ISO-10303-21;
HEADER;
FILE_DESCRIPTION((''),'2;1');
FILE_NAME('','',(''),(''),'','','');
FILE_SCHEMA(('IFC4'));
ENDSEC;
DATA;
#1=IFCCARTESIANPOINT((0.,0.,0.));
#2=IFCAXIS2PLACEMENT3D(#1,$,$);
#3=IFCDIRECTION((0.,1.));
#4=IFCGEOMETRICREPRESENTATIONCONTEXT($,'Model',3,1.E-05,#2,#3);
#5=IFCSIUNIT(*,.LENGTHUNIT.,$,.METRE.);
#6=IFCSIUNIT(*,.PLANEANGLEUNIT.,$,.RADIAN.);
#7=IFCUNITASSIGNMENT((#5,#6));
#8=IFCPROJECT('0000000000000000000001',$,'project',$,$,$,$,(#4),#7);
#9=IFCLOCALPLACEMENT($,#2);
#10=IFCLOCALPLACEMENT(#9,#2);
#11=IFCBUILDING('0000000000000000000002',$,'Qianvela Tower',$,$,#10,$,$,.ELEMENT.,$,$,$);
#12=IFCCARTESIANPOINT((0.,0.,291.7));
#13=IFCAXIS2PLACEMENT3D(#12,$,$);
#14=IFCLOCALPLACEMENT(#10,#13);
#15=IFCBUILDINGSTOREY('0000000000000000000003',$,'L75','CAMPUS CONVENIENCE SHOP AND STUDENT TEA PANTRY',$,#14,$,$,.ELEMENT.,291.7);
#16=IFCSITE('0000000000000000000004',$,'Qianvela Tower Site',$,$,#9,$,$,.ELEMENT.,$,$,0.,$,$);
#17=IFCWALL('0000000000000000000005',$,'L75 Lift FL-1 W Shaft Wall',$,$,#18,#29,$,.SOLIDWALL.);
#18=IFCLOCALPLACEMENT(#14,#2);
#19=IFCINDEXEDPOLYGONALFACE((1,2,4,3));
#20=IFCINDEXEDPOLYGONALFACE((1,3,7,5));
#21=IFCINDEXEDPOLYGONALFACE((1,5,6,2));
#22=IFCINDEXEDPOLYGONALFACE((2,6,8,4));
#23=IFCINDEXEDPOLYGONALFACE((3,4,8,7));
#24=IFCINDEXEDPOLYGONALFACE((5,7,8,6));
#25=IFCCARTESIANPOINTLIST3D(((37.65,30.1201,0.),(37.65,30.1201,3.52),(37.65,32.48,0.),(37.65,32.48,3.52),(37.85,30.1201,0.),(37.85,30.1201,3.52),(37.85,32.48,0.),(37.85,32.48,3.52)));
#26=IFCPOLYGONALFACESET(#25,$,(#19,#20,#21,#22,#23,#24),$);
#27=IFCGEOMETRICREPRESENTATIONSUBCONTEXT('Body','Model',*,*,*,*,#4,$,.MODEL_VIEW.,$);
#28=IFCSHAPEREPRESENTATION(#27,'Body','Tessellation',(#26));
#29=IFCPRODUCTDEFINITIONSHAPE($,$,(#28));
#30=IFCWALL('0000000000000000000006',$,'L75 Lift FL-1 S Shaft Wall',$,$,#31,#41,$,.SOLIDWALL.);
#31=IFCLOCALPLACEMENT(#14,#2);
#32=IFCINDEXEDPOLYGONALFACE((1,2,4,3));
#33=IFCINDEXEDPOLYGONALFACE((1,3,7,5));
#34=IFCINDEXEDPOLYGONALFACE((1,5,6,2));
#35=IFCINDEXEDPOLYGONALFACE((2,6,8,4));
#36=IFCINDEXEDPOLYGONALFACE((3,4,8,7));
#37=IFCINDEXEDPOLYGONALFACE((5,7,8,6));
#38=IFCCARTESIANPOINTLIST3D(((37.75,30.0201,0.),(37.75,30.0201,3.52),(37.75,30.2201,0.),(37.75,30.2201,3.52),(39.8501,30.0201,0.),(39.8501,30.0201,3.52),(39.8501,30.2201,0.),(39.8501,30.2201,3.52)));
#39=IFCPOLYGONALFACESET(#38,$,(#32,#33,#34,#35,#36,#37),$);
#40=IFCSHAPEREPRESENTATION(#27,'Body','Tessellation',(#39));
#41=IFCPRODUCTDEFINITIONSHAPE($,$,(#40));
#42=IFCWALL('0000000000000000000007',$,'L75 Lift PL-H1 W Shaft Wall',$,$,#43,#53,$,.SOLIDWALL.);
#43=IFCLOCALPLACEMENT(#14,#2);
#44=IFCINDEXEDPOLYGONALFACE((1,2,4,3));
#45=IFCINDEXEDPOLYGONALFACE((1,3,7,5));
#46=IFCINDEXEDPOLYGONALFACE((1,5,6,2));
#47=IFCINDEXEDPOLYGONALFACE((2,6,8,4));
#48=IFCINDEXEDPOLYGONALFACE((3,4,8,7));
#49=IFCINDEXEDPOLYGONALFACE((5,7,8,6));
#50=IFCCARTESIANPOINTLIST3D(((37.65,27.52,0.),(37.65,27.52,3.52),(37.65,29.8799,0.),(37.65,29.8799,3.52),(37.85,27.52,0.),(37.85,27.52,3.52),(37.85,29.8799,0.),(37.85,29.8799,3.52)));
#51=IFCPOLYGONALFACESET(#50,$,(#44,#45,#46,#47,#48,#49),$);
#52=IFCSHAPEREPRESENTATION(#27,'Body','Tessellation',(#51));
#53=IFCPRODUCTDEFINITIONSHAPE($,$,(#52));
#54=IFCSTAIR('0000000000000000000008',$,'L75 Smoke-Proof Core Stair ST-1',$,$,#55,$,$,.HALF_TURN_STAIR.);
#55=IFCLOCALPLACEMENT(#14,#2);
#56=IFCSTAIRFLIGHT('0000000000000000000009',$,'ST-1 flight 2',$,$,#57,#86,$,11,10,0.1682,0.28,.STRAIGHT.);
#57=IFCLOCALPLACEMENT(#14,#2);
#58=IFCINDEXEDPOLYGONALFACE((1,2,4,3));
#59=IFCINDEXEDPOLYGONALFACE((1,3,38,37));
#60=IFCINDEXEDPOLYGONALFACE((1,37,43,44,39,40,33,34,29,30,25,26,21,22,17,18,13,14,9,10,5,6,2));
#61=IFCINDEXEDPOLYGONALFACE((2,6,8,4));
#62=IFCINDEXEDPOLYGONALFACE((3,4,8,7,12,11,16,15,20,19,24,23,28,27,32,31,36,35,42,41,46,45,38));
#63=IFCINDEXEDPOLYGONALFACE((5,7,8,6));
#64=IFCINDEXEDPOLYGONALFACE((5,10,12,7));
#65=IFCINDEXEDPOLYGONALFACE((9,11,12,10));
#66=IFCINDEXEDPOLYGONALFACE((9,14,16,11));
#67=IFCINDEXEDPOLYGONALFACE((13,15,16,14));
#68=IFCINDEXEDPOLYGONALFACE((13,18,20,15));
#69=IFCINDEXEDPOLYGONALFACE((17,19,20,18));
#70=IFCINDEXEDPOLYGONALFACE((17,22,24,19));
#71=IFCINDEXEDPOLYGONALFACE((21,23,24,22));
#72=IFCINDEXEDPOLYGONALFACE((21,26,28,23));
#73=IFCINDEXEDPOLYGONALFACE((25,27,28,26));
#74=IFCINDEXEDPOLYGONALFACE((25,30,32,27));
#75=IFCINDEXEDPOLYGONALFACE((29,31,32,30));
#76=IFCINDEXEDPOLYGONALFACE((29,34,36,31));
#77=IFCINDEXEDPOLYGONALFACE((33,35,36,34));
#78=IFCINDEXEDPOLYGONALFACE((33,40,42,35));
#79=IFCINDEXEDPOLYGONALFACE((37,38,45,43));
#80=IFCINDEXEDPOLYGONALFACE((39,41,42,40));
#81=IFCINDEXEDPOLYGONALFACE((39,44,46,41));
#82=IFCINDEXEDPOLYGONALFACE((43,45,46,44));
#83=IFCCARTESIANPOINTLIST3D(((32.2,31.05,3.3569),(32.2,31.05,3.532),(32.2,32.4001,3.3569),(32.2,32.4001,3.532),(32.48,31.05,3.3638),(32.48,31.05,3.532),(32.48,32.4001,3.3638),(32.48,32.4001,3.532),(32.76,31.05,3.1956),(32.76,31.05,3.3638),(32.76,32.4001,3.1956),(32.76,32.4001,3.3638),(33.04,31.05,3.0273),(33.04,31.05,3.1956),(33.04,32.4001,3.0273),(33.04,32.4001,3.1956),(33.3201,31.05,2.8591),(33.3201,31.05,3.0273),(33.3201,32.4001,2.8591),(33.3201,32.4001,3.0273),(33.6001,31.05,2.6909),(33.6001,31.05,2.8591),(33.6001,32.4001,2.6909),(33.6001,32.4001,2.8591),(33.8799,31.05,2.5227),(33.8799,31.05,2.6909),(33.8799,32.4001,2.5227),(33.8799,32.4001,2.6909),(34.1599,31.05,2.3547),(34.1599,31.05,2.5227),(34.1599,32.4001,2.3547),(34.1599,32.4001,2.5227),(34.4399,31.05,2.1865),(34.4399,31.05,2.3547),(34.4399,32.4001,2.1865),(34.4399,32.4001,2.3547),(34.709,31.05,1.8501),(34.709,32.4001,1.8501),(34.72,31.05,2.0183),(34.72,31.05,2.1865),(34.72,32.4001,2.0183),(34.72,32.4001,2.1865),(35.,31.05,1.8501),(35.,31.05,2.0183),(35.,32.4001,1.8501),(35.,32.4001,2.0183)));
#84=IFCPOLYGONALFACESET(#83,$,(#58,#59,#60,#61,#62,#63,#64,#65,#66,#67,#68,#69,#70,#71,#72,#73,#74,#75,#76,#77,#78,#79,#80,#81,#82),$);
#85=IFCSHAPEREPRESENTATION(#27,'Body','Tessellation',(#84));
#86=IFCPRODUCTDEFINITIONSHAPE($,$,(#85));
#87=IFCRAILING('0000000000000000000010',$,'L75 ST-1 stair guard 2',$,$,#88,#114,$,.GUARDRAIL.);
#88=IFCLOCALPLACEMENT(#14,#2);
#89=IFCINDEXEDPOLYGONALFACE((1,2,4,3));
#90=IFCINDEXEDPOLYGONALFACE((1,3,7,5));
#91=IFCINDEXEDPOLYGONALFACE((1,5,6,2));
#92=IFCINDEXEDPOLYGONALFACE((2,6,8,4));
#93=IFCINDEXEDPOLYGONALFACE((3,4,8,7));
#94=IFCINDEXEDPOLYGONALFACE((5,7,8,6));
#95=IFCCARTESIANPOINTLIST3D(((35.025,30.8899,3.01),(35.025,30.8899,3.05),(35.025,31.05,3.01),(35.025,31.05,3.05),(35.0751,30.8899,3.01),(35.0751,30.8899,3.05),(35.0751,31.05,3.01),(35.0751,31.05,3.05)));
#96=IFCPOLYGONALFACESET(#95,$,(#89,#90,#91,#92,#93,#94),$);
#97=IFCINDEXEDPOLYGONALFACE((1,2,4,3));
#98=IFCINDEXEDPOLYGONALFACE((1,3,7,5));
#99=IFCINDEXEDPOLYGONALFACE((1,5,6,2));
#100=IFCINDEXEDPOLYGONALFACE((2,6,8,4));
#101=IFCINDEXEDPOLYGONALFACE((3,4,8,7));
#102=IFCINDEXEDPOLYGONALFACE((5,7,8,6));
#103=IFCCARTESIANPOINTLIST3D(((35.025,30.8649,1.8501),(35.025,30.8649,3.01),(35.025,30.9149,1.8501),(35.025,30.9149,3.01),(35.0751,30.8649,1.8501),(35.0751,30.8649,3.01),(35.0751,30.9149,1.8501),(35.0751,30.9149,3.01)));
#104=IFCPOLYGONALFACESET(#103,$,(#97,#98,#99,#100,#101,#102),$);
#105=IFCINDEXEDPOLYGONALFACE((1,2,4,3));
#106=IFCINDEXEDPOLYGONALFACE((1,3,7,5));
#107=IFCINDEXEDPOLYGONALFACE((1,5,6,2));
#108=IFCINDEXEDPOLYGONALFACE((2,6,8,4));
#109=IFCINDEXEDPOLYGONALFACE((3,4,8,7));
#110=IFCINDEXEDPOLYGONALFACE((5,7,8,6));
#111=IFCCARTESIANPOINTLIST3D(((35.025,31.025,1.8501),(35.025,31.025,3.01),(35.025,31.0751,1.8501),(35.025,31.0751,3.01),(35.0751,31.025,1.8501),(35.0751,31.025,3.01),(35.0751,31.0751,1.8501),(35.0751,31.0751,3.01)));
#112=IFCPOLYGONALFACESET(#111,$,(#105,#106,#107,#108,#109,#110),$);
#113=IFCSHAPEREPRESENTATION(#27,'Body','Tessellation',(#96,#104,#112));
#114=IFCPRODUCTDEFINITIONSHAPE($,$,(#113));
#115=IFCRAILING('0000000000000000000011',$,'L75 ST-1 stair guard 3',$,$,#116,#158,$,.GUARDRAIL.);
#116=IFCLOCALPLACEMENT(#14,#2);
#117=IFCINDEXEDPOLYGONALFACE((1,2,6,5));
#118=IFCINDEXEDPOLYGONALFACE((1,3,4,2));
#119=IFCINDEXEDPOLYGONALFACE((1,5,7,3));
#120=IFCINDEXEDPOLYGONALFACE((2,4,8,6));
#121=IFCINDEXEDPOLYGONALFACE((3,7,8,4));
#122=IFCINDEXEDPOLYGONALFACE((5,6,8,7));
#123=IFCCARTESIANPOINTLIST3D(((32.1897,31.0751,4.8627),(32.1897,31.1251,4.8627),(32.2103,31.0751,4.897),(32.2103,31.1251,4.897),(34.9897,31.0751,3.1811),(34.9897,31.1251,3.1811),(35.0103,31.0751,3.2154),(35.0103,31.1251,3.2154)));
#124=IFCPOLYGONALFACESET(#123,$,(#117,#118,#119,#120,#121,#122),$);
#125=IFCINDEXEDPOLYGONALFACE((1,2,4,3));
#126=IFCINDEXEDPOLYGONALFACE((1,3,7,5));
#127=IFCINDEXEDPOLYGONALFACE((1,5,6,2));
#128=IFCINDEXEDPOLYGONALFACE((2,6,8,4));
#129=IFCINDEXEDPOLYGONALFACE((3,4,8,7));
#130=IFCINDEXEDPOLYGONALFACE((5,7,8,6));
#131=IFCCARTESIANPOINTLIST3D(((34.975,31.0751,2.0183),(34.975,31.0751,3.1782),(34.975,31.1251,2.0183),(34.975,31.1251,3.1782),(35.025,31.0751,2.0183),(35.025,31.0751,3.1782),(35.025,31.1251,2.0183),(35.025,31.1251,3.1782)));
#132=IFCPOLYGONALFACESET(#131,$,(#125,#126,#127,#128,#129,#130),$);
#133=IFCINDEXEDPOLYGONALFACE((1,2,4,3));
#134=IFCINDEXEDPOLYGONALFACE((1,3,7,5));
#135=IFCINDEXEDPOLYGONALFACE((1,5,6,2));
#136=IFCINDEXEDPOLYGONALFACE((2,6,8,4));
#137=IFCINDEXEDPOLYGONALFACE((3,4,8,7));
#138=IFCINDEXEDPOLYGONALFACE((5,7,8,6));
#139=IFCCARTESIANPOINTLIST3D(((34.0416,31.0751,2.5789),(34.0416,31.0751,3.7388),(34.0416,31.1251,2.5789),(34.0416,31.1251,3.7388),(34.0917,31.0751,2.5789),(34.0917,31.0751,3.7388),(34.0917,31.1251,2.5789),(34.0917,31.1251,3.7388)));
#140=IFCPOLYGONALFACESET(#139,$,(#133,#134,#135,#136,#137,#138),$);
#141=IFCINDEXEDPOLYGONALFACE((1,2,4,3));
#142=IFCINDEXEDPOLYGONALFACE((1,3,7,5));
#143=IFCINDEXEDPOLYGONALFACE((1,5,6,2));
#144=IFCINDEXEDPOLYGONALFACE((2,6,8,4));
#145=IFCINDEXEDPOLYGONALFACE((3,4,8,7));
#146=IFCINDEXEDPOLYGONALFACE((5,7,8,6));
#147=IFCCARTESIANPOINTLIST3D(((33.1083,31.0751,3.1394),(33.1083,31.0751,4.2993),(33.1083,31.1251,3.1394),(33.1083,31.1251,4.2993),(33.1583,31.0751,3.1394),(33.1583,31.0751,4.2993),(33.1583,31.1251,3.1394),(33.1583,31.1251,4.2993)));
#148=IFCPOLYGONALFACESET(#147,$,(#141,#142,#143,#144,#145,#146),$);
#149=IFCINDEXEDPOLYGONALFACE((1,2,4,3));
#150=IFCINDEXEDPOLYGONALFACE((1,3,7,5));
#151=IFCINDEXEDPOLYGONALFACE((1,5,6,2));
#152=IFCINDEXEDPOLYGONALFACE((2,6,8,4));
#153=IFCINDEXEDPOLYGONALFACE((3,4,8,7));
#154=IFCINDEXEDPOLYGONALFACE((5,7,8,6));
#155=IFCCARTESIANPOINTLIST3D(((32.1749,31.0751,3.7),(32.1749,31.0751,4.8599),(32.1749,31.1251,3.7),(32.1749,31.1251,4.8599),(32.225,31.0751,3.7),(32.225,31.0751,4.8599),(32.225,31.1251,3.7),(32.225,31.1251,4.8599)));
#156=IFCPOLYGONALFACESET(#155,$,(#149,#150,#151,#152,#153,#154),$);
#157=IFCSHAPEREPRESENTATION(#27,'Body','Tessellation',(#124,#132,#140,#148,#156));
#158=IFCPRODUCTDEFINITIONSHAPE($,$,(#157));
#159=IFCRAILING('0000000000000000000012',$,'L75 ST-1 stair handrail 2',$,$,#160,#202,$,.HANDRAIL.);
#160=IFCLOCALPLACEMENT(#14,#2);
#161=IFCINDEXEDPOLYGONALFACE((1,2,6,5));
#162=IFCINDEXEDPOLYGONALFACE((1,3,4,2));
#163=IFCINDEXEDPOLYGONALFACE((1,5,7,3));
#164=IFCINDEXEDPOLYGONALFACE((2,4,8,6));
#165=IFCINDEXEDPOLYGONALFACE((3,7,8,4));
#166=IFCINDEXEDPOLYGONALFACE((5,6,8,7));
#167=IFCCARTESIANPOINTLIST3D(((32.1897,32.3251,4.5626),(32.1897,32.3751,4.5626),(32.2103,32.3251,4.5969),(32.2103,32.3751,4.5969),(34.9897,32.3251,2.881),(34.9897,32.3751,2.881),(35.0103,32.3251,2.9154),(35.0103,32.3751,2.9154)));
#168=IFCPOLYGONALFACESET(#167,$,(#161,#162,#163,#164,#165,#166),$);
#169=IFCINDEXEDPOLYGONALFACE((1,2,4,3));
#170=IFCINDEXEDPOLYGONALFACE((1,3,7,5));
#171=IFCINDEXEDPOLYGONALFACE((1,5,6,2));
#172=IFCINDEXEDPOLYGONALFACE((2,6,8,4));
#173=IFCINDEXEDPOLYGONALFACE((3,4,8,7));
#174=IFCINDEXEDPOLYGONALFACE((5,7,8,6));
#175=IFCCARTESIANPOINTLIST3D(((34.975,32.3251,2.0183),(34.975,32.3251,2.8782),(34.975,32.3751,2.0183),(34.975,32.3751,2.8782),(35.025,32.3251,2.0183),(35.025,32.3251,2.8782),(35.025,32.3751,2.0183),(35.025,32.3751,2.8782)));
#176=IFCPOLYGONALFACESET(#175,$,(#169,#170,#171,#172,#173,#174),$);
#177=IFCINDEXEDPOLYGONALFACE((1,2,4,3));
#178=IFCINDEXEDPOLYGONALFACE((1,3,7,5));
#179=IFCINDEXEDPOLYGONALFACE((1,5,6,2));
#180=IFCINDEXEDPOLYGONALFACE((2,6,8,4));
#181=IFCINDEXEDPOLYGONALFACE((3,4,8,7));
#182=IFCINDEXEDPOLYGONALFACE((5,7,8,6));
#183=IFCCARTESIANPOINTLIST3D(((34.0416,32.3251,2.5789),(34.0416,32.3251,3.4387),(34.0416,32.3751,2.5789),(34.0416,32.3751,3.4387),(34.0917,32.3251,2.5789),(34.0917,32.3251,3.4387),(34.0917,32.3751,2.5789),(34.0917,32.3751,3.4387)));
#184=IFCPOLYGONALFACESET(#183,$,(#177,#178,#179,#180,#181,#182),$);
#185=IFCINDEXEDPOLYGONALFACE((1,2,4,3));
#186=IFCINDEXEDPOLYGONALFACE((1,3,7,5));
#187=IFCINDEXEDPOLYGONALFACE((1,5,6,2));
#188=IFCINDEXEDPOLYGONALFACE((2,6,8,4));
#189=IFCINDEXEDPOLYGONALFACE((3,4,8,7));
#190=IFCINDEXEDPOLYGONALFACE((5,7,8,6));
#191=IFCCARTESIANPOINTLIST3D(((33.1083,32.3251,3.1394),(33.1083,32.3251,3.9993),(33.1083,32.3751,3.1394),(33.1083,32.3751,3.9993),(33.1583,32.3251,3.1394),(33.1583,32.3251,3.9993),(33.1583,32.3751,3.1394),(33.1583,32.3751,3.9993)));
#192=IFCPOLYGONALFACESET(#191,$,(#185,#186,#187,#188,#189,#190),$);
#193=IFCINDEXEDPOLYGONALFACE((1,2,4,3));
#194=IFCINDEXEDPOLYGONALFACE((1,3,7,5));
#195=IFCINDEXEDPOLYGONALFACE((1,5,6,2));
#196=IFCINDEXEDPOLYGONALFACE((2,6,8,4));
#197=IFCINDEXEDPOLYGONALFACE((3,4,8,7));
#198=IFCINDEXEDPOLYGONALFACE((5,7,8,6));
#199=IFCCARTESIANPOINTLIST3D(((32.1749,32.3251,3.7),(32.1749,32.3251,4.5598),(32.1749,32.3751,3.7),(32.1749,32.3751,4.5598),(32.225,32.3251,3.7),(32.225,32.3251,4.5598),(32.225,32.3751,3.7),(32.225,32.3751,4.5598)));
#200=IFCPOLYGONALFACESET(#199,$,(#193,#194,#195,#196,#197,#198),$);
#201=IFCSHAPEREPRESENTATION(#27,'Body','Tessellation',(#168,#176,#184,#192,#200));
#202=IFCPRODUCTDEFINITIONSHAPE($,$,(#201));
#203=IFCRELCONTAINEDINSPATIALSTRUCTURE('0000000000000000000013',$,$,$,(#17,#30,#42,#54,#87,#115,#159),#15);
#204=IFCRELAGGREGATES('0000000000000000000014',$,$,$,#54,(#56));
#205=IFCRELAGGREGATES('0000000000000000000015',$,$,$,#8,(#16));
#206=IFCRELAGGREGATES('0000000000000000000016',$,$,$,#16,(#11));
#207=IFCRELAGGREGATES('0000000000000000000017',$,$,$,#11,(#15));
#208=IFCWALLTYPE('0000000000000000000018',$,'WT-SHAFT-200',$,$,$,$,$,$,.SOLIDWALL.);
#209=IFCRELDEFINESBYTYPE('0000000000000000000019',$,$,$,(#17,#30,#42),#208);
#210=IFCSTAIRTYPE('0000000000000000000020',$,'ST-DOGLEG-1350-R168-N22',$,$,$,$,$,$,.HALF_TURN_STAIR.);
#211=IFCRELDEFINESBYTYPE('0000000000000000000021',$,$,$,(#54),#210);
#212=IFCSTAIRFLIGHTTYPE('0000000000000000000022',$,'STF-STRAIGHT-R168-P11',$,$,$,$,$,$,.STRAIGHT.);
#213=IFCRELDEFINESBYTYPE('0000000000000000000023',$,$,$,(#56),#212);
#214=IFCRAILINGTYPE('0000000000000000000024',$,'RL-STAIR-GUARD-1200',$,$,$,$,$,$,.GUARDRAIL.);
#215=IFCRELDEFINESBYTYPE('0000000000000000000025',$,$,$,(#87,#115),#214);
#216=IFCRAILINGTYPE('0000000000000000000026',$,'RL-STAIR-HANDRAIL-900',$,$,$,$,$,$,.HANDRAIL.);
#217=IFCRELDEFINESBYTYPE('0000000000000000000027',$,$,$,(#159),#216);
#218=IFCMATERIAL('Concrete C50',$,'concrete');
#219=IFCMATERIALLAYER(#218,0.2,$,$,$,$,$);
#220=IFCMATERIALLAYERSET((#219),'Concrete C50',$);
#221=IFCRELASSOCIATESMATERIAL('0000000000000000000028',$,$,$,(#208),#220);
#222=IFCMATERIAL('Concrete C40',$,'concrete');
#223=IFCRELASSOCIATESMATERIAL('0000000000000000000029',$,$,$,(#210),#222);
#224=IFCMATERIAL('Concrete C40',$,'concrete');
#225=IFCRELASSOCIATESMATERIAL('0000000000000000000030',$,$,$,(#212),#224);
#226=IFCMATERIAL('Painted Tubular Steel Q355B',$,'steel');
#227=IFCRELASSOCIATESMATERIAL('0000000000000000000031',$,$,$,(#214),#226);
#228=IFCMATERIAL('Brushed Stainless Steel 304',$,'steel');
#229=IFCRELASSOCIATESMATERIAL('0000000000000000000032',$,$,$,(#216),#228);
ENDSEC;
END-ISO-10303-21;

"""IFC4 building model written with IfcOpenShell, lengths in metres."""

from ifc_helpers import new_model, si_unit, direction, frame, frame_2d, origin, origin_2d, place, context, subcontext, project, spatial, polyline, rectangle, outline, extrude, material, layer, layer_set, type_object, element, aggregate, save


model = new_model("IFC4")

# Units and contexts
model_context = context("Model", 3, precision=1e-05, world=origin(), true_north=direction((0.0, 1.0)))
body_context = subcontext(model_context, "Body", "Model", "MODEL_VIEW")
ifc_project = project(units=[si_unit("LENGTHUNIT", "METRE"), si_unit("PLANEANGLEUNIT", "RADIAN")], contexts=[model_context])

# Site, building, storey
site_placement = place(None, origin())
site = spatial("IfcSite", under=ifc_project, at=site_placement, Name="Qianvela Tower Site", CompositionType="ELEMENT", RefElevation=0.0)
building_placement = place(site_placement, origin())
building = spatial("IfcBuilding", under=site, at=building_placement, Name="Qianvela Tower", CompositionType="ELEMENT")
storey_placement = place(building_placement, frame((0.0, 0.0, 291.7)))
storey = spatial("IfcBuildingStorey", under=building, at=storey_placement, Name="L75", Description="CAMPUS CONVENIENCE SHOP AND STUDENT TEA PANTRY", CompositionType="ELEMENT", Elevation=291.7)

# Walls
ifc_material_1 = material(Name="Concrete C50", Category="concrete")
ifc_layer_1 = layer(ifc_material_1, 0.2)
ifc_layer_set_1 = layer_set([ifc_layer_1], Name="Concrete C50")
wall_type_1 = type_object("IfcWallType", Name="WT-SHAFT-200", PredefinedType="SOLIDWALL", material=ifc_layer_set_1)
wall_1_placement = place(storey_placement, frame((37.75, 30.1201, 0.0), z_axis=(0.0, 0.0, 1.0), x_axis=(0.0, 1.0, 0.0)))
element("IfcWall", 1, at=wall_1_placement, inside=storey, type_object=wall_type_1, Name="L75 Lift FL-1 W Shaft Wall", PredefinedType="SOLIDWALL", context=body_context, shape_type="SweptSolid", body=[
    extrude(rectangle(XDim=2.3599, YDim=0.2, at=frame_2d((1.1799, 0.0))), origin(), (0.0, 0.0, 1.0), 3.52),
])
wall_2_placement = place(storey_placement, frame((37.75, 30.1201, 0.0), z_axis=(0.0, 0.0, 1.0), x_axis=(1.0, 0.0, 0.0)))
element("IfcWall", 2, at=wall_2_placement, inside=storey, type_object=wall_type_1, Name="L75 Lift FL-1 S Shaft Wall", PredefinedType="SOLIDWALL", context=body_context, shape_type="SweptSolid", body=[
    extrude(rectangle(XDim=2.1001, YDim=0.2, at=frame_2d((1.05, 0.0))), origin(), (0.0, 0.0, 1.0), 3.52),
])

# Wall
wall_3_placement = place(storey_placement, frame((37.75, 27.52, 0.0), z_axis=(0.0, 0.0, 1.0), x_axis=(0.0, 1.0, 0.0)))
element("IfcWall", 3, at=wall_3_placement, inside=storey, type_object=wall_type_1, Name="L75 Lift PL-H1 W Shaft Wall", PredefinedType="SOLIDWALL", context=body_context, shape_type="SweptSolid", body=[
    extrude(rectangle(XDim=2.3599, YDim=0.2, at=frame_2d((1.1799, 0.0))), origin(), (0.0, 0.0, 1.0), 3.52),
])

# Stair, stair flight
ifc_material_2 = material(Name="Concrete C40", Category="concrete")
stair_type = type_object("IfcStairType", Name="ST-DOGLEG-1350-R168-N22", PredefinedType="HALF_TURN_STAIR", material=ifc_material_2)
stair_placement = place(storey_placement, origin())
stair = element("IfcStair", 4, at=stair_placement, inside=storey, type_object=stair_type, Name="L75 Smoke-Proof Core Stair ST-1", PredefinedType="HALF_TURN_STAIR")
ifc_material_3 = material(Name="Concrete C40", Category="concrete")
stair_flight_type = type_object("IfcStairFlightType", Name="STF-STRAIGHT-R168-P11", PredefinedType="STRAIGHT", material=ifc_material_3)
stair_flight_placement = place(storey_placement, frame((35.0, 31.7251, 1.8501), z_axis=(0.0, 0.0, 1.0), x_axis=(-1.0, 0.0, 0.0)))
stair_flight = element("IfcStairFlight", 5, at=stair_flight_placement, type_object=stair_flight_type, Name="ST-1 flight 2", NumberOfRisers=11, NumberOfTreads=10, PredefinedType="STRAIGHT", RiserHeight=0.1682, TreadLength=0.28, context=body_context, shape_type="SweptSolid", body=[
    extrude(outline(polyline([(0.0, 0.0), (0.0, 0.1682), (0.28, 0.1682), (0.28, 0.3364), (0.5601, 0.3364), (0.5601, 0.5046), (0.8401, 0.5046), (0.8401, 0.6726), (1.1201, 0.6726), (1.1201, 0.8408), (1.3999, 0.8408), (1.3999, 1.009), (1.6799, 1.009), (1.6799, 1.1772), (1.96, 1.1772), (1.96, 1.3455), (2.24, 1.3455), (2.24, 1.5137), (2.52, 1.5137), (2.52, 1.6819), (2.8, 1.6819), (2.8, 1.8501), (2.8, 1.5068), (0.291, 0.0), (0.0, 0.0)])), frame((0.0, 0.675, 0.0), z_axis=(0.0, -1.0, 0.0), x_axis=(1.0, 0.0, 0.0)), (0.0, 0.0, 1.0), 1.3501),
])
aggregate(stair, [stair_flight])

# Railings
ifc_material_4 = material(Name="Painted Tubular Steel Q355B", Category="steel")
railing_type_1 = type_object("IfcRailingType", Name="RL-STAIR-GUARD-1200", PredefinedType="GUARDRAIL", material=ifc_material_4)
railing_1_placement = place(storey_placement, frame((35.05, 30.8899, 1.8501)))
element("IfcRailing", 6, at=railing_1_placement, inside=storey, type_object=railing_type_1, Name="L75 ST-1 stair guard 2", PredefinedType="GUARDRAIL", context=body_context, shape_type="SweptSolid", body=[
    extrude(rectangle(XDim=0.05, YDim=0.04, at=origin_2d()), frame((0.0, 0.0, 1.1799), z_axis=(0.0, 1.0, 0.0), x_axis=(-1.0, 0.0, 0.0)), (0.0, 0.0, 1.0), 0.1602),
    extrude(rectangle(XDim=0.05, YDim=0.05, at=origin_2d()), origin(), (0.0, 0.0, 1.0), 1.1599),
    extrude(rectangle(XDim=0.05, YDim=0.05, at=origin_2d()), frame((0.0, 0.1602, 0.0)), (0.0, 0.0, 1.0), 1.1599),
])
railing_2_placement = place(storey_placement, frame((35.0, 31.1001, 2.0183)))
element("IfcRailing", 7, at=railing_2_placement, inside=storey, type_object=railing_type_1, Name="L75 ST-1 stair guard 3", PredefinedType="GUARDRAIL", context=body_context, shape_type="SweptSolid", body=[
    extrude(rectangle(XDim=0.05, YDim=0.04, at=origin_2d()), frame((0.0, 0.0, 1.1799), z_axis=(-0.857275, 0.0, 0.514858), x_axis=(0.0, -1.0, 0.0)), (0.0, 0.0, 1.0), 3.2661),
    extrude(rectangle(XDim=0.05, YDim=0.05, at=origin_2d()), origin(), (0.0, 0.0, 1.0), 1.1599),
    extrude(rectangle(XDim=0.05, YDim=0.05, at=origin_2d()), frame((-0.9333, 0.0, 0.5605)), (0.0, 0.0, 1.0), 1.1599),
    extrude(rectangle(XDim=0.05, YDim=0.05, at=origin_2d()), frame((-1.8667, 0.0, 1.1211)), (0.0, 0.0, 1.0), 1.1599),
    extrude(rectangle(XDim=0.05, YDim=0.05, at=origin_2d()), frame((-2.8, 0.0, 1.6816)), (0.0, 0.0, 1.0), 1.1599),
])
ifc_material_5 = material(Name="Brushed Stainless Steel 304", Category="steel")
railing_type_2 = type_object("IfcRailingType", Name="RL-STAIR-HANDRAIL-900", PredefinedType="HANDRAIL", material=ifc_material_5)
for number, where, name in (
    (8, (35.0, 32.3501, 2.0183), "L75 ST-1 stair handrail 2"),
):
    element("IfcRailing", number, at=place(storey_placement, frame(where)), inside=storey, type_object=railing_type_2, Name=name, PredefinedType="HANDRAIL", context=body_context, shape_type="SweptSolid", body=[
        extrude(rectangle(XDim=0.05, YDim=0.04, at=origin_2d()), frame((0.0, 0.0, 0.8799), z_axis=(-0.857275, 0.0, 0.514858), x_axis=(0.0, -1.0, 0.0)), (0.0, 0.0, 1.0), 3.2661),
        extrude(rectangle(XDim=0.05, YDim=0.05, at=origin_2d()), origin(), (0.0, 0.0, 1.0), 0.8599),
        extrude(rectangle(XDim=0.05, YDim=0.05, at=origin_2d()), frame((-0.9333, 0.0, 0.5605)), (0.0, 0.0, 1.0), 0.8599),
        extrude(rectangle(XDim=0.05, YDim=0.05, at=origin_2d()), frame((-1.8667, 0.0, 1.1211)), (0.0, 0.0, 1.0), 0.8599),
        extrude(rectangle(XDim=0.05, YDim=0.05, at=origin_2d()), frame((-2.8, 0.0, 1.6816)), (0.0, 0.0, 1.0), 0.8599),
    ])

save(model, "model.ifc")
